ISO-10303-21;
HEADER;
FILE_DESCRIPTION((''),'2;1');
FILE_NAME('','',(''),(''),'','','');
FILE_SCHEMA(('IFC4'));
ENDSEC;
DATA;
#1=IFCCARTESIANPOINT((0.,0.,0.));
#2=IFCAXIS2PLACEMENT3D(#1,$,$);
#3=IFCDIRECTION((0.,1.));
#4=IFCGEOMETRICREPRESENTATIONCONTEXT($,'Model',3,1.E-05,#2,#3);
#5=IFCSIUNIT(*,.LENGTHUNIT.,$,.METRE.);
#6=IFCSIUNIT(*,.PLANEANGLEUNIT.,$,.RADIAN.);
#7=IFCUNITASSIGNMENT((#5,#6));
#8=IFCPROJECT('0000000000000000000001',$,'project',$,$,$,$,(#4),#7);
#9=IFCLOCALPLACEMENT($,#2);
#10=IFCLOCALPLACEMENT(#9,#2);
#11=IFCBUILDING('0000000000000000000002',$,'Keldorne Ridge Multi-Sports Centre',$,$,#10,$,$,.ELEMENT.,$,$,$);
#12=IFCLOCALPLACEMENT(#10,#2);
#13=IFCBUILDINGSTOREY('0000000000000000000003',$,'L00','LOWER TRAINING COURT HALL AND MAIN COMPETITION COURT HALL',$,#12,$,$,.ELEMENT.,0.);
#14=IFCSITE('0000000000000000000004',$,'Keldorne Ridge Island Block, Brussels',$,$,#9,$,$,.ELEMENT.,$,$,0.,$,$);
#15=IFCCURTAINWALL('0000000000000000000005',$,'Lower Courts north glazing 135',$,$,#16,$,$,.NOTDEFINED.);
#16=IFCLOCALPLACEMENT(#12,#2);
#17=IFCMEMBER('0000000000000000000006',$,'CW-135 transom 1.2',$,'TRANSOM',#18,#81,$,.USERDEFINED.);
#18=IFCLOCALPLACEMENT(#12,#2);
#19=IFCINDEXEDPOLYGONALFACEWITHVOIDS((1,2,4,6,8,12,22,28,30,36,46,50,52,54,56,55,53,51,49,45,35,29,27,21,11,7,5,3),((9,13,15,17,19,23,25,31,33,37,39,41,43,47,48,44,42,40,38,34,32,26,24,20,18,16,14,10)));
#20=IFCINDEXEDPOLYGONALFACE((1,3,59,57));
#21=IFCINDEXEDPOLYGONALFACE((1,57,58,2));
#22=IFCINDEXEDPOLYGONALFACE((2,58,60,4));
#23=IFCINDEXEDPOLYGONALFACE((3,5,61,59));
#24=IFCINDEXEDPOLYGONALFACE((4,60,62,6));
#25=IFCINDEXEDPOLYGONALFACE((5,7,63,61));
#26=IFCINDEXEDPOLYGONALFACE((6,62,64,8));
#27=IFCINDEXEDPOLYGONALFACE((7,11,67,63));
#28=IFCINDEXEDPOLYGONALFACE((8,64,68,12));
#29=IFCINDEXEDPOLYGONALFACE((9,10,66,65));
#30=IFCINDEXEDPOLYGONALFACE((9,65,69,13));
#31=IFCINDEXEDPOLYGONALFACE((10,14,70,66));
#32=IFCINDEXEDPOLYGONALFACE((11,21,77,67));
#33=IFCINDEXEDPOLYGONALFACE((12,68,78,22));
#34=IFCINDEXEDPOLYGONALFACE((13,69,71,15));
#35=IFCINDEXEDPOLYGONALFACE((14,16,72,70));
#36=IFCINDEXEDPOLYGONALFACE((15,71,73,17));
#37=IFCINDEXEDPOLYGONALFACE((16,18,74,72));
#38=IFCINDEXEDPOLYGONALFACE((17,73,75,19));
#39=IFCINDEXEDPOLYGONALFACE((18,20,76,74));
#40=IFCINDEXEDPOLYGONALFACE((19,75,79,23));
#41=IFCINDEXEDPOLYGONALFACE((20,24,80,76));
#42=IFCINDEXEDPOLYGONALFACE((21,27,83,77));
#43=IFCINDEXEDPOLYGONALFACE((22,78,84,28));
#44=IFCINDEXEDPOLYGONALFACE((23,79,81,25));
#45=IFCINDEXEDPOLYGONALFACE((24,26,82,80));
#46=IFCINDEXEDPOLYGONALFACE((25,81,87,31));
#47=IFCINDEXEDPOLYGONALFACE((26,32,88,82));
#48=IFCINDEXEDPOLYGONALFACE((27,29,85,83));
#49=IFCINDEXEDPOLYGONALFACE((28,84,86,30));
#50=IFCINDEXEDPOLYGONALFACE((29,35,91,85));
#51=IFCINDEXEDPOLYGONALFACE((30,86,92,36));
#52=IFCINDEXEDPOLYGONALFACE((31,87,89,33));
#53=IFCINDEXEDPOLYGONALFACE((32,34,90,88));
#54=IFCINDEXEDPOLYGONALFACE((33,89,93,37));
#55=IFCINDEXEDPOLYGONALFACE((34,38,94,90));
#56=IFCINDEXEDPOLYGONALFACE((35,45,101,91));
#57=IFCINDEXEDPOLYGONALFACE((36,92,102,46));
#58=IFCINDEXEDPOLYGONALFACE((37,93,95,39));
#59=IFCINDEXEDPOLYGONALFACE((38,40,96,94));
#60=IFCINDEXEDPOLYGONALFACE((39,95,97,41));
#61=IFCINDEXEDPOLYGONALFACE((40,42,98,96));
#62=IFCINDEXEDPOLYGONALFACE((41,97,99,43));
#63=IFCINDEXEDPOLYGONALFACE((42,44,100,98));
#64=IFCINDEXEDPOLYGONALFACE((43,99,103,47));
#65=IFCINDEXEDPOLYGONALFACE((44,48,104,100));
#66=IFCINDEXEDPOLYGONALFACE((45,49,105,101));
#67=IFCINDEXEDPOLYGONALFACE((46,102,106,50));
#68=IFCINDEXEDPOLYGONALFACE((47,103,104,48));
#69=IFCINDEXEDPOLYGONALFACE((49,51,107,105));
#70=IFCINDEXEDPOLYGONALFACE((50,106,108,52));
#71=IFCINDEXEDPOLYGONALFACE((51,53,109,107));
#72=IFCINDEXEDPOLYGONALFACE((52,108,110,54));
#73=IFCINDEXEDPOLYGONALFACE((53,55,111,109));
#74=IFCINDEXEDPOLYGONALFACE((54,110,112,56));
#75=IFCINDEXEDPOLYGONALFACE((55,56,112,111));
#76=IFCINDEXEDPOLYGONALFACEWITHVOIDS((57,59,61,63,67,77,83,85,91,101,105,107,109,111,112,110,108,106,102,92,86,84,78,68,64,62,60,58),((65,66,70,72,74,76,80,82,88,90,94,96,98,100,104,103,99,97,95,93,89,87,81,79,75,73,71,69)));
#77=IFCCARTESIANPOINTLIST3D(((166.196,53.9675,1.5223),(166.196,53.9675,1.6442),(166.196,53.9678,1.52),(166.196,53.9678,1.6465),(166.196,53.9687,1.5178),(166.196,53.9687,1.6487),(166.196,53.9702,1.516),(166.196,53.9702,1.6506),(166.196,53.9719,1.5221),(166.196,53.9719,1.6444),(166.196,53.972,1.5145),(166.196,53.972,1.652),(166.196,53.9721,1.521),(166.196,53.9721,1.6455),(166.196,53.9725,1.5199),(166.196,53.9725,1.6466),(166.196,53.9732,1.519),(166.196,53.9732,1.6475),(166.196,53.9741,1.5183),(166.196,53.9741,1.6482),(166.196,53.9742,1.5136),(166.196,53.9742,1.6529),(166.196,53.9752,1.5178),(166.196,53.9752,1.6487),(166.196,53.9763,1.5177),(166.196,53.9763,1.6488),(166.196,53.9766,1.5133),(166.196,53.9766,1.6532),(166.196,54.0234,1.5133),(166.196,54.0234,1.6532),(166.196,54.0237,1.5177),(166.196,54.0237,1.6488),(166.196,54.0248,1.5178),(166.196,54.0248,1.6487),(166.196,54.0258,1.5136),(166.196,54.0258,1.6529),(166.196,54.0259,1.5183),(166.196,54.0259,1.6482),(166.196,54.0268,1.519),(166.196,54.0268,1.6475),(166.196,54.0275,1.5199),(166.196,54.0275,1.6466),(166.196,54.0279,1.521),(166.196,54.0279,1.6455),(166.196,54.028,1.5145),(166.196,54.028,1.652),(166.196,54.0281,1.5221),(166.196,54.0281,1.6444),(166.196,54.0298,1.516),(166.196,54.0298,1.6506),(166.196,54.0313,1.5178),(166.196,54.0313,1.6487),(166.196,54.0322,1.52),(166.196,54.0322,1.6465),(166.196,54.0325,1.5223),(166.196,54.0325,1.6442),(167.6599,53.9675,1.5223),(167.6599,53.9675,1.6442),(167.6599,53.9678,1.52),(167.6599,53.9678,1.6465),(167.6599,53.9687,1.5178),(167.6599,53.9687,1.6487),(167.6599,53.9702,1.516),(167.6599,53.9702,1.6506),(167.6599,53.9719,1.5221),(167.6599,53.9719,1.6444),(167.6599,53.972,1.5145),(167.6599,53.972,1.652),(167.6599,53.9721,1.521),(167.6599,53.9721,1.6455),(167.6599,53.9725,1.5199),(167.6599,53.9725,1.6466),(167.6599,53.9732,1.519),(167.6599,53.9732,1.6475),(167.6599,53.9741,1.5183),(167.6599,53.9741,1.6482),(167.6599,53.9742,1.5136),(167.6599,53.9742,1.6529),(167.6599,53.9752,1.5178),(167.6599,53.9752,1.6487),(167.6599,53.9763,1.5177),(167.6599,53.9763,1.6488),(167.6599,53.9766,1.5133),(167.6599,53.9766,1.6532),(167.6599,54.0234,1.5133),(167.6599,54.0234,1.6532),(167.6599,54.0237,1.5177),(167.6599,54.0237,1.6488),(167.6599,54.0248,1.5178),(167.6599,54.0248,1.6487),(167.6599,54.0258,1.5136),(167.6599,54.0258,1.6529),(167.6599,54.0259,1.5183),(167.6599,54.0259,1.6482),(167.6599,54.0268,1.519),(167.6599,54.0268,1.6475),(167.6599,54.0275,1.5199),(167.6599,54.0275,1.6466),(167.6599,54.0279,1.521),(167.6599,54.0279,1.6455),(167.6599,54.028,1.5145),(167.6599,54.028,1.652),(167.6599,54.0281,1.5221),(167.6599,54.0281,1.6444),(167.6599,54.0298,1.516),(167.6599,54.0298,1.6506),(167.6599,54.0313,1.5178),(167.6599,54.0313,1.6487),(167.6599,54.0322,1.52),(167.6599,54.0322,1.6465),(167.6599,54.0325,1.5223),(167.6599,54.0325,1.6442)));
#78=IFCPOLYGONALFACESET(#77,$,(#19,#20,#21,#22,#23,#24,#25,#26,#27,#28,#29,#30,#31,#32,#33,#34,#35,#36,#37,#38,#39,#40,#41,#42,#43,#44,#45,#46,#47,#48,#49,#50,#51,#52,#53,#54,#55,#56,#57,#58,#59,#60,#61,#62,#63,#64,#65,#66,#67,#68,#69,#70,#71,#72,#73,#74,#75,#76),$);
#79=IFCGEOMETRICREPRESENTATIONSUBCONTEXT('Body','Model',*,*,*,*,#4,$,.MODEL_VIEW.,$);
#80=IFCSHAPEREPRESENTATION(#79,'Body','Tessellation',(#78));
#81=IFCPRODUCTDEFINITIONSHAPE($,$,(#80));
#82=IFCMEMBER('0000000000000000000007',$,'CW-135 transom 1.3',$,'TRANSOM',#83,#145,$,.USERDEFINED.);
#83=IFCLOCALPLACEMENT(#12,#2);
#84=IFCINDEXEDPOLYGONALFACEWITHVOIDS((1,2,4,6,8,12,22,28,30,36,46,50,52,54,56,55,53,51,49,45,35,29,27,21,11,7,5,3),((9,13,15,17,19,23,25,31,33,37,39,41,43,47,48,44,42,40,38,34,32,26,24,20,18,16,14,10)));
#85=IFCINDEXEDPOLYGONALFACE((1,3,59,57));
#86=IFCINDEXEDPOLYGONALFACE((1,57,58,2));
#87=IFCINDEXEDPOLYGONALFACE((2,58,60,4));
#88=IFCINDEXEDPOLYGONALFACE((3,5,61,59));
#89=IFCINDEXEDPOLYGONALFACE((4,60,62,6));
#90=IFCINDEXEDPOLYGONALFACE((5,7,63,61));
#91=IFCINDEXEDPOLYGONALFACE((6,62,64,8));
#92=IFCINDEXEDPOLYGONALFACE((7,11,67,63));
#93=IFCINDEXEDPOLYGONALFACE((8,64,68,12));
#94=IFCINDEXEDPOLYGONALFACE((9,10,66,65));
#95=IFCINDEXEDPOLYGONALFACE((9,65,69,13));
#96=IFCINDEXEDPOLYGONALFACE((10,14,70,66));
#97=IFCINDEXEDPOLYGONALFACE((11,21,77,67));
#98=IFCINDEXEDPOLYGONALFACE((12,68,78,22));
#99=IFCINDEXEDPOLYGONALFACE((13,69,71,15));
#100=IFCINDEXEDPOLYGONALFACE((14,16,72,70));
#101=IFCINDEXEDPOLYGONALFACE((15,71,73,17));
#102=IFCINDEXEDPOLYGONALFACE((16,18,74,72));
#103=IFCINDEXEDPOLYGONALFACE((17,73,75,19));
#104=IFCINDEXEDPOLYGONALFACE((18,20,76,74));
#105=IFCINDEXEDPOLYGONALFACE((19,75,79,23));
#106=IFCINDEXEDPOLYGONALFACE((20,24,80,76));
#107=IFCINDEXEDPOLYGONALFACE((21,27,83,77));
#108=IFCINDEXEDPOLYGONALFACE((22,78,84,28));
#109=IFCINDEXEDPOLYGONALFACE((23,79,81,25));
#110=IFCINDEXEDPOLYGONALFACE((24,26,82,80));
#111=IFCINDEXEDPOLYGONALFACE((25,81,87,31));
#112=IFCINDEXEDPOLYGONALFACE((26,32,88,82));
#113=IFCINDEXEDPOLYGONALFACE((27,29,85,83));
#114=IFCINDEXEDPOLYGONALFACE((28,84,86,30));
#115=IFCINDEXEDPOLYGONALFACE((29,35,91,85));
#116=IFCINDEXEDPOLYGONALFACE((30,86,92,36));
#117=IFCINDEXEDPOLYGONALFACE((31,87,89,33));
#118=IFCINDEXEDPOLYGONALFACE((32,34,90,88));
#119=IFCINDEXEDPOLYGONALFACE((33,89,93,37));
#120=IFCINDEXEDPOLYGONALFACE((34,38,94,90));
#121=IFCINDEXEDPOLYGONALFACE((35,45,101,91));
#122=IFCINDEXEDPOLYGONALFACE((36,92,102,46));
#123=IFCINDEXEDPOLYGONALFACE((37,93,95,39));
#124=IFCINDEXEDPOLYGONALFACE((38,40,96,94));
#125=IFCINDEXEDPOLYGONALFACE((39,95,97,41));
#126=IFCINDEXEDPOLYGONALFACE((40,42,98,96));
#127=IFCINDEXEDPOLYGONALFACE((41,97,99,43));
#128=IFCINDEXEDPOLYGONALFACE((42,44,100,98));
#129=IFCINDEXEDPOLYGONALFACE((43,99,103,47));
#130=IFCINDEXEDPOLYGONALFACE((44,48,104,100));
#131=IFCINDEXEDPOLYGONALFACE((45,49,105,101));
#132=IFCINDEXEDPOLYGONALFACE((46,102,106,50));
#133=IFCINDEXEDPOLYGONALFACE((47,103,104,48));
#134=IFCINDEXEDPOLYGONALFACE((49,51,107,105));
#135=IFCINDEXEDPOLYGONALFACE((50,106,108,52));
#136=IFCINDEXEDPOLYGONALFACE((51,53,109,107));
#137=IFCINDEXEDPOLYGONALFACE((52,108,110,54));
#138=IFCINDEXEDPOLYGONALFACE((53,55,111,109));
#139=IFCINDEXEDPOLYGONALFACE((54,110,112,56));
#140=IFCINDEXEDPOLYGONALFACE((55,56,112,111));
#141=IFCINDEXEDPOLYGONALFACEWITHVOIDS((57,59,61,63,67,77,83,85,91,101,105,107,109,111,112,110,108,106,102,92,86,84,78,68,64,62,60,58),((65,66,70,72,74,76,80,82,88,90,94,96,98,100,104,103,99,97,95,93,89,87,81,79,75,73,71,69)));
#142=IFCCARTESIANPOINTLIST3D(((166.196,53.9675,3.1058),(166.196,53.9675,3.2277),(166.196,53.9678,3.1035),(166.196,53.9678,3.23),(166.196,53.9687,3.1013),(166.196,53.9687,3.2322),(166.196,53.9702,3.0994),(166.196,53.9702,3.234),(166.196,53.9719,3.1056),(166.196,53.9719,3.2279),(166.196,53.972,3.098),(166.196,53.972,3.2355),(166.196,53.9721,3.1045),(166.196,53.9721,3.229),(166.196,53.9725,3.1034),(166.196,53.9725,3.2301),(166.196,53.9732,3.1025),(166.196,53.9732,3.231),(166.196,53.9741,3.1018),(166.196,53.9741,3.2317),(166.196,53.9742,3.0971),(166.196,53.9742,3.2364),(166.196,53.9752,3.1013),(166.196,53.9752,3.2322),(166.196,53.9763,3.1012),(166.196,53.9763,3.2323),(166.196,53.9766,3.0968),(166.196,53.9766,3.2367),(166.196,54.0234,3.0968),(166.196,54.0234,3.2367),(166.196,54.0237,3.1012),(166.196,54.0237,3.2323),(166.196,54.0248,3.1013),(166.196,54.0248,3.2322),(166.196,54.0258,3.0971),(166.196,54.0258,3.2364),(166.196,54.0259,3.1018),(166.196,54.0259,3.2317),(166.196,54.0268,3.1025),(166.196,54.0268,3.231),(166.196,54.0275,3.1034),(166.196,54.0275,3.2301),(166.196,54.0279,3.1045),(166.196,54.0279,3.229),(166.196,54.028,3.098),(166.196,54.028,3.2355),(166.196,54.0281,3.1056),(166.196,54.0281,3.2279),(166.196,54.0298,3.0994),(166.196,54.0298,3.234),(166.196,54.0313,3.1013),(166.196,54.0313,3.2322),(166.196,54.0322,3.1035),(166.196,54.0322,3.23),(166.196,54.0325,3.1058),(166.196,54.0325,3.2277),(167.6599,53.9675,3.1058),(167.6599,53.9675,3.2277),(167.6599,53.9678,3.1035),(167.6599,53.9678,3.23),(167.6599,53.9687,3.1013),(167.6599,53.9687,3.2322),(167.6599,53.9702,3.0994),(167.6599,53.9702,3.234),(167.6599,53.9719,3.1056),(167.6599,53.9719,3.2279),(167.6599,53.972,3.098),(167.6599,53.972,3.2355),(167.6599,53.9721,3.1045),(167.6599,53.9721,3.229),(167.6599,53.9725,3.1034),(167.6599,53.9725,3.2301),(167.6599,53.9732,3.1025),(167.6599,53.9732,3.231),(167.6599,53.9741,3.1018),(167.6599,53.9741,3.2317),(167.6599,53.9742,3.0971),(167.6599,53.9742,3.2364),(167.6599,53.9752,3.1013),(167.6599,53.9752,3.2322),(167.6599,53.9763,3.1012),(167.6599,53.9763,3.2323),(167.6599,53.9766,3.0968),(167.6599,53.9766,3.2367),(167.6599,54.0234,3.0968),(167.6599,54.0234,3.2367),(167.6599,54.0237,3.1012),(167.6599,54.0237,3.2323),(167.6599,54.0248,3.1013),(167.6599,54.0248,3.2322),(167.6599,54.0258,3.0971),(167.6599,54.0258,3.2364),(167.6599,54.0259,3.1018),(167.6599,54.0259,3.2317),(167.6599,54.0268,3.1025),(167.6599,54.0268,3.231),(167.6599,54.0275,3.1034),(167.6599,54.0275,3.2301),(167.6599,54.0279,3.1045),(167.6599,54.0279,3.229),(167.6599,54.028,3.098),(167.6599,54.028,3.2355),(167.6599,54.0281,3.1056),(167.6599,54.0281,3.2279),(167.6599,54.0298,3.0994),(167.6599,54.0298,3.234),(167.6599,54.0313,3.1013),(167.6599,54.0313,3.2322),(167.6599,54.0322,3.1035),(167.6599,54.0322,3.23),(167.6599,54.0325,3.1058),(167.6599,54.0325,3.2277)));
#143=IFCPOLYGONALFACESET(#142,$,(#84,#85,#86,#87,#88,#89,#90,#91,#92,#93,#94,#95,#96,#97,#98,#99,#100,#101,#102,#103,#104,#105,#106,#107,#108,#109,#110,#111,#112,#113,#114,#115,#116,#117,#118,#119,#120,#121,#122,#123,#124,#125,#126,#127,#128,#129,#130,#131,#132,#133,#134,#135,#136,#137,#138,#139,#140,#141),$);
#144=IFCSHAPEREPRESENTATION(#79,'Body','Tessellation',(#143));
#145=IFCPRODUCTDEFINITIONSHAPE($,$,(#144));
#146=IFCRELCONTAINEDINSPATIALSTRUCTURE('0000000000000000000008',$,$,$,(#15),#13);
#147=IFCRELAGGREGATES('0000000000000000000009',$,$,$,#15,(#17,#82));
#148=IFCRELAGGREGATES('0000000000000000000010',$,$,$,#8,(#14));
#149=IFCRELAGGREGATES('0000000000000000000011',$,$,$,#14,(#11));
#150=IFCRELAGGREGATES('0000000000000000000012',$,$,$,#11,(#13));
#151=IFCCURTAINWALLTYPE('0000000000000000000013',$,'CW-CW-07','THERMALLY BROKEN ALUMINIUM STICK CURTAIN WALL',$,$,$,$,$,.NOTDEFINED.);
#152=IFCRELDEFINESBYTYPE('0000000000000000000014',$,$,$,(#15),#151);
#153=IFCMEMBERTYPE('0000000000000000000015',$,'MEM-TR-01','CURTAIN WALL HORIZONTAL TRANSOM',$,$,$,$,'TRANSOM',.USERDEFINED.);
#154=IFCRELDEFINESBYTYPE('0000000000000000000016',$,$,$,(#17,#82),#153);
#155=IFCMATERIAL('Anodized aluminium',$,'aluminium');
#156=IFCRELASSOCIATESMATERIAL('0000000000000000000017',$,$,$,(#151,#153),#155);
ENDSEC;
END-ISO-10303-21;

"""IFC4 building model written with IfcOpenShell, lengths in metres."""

from ifc_helpers import new_model, si_unit, direction, frame, origin, origin_2d, place, context, subcontext, project, spatial, hollow_rectangle, extrude, material, material_profile, profile_set, type_object, element, aggregate, save


model = new_model("IFC4")

# Units and contexts
model_context = context("Model", 3, precision=1e-05, world=origin(), true_north=direction((0.0, 1.0)))
body_context = subcontext(model_context, "Body", "Model", "MODEL_VIEW")
ifc_project = project(units=[si_unit("LENGTHUNIT", "METRE"), si_unit("PLANEANGLEUNIT", "RADIAN")], contexts=[model_context])

# Site, building, storey
site_placement = place(None, origin())
site = spatial("IfcSite", under=ifc_project, at=site_placement, Name="Keldorne Ridge Island Block, Brussels", CompositionType="ELEMENT", RefElevation=0.0)
building_placement = place(site_placement, origin())
building = spatial("IfcBuilding", under=site, at=building_placement, Name="Keldorne Ridge Multi-Sports Centre", CompositionType="ELEMENT")
storey_placement = place(building_placement, origin())
storey = spatial("IfcBuildingStorey", under=building, at=storey_placement, Name="L00", Description="LOWER TRAINING COURT HALL AND MAIN COMPETITION COURT HALL", CompositionType="ELEMENT", Elevation=0.0)

# Curtain wall, members
ifc_material_1 = material(Name="Anodized aluminium", Category="aluminium")
curtain_wall_type = type_object("IfcCurtainWallType", Name="CW-CW-07", Description="THERMALLY BROKEN ALUMINIUM STICK CURTAIN WALL", PredefinedType="NOTDEFINED", material=ifc_material_1)
curtain_wall_placement = place(storey_placement, origin())
curtain_wall = element("IfcCurtainWall", 1, at=curtain_wall_placement, inside=storey, type_object=curtain_wall_type, Name="Lower Courts north glazing 135", PredefinedType="NOTDEFINED")
ifc_material_profile_1 = material_profile(ifc_material_1, hollow_rectangle(XDim=0.0649, YDim=0.1399, WallThickness=0.0044, InnerFilletRadius=0.0044, OuterFilletRadius=0.009, at=origin_2d()), Name="ALU TRANSOM 140x65x4.5")
ifc_profile_set_1 = profile_set([ifc_material_profile_1], Name="Anodized aluminium")
member_type_1 = type_object("IfcMemberType", Name="MEM-TR-01", Description="CURTAIN WALL HORIZONTAL TRANSOM", ElementType="TRANSOM", PredefinedType="USERDEFINED", material=ifc_profile_set_1)
member_1_placement = place(storey_placement, frame((167.6599, 54.0, 1.5833), z_axis=(-1.0, 0.0, 0.0), x_axis=(0.0, -1.0, 0.0)))
member_1 = element("IfcMember", 2, at=member_1_placement, type_object=member_type_1, Name="CW-135 transom 1.2", ObjectType="TRANSOM", PredefinedType="USERDEFINED", context=body_context, shape_type="SweptSolid", body=[
    extrude(hollow_rectangle(XDim=0.0649, YDim=0.1399, WallThickness=0.0044, InnerFilletRadius=0.0044, OuterFilletRadius=0.009, at=origin_2d()), origin(), (0.0, 0.0, 1.0), 1.4639),
])
member_2_placement = place(storey_placement, frame((167.6599, 54.0, 3.1667), z_axis=(-1.0, 0.0, 0.0), x_axis=(0.0, -1.0, 0.0)))
member_2 = element("IfcMember", 3, at=member_2_placement, type_object=member_type_1, Name="CW-135 transom 1.3", ObjectType="TRANSOM", PredefinedType="USERDEFINED", context=body_context, shape_type="SweptSolid", body=[
    extrude(hollow_rectangle(XDim=0.0649, YDim=0.1399, WallThickness=0.0044, InnerFilletRadius=0.0044, OuterFilletRadius=0.009, at=origin_2d()), origin(), (0.0, 0.0, 1.0), 1.4639),
])
aggregate(curtain_wall, [member_1, member_2])

save(model, "model.ifc")
